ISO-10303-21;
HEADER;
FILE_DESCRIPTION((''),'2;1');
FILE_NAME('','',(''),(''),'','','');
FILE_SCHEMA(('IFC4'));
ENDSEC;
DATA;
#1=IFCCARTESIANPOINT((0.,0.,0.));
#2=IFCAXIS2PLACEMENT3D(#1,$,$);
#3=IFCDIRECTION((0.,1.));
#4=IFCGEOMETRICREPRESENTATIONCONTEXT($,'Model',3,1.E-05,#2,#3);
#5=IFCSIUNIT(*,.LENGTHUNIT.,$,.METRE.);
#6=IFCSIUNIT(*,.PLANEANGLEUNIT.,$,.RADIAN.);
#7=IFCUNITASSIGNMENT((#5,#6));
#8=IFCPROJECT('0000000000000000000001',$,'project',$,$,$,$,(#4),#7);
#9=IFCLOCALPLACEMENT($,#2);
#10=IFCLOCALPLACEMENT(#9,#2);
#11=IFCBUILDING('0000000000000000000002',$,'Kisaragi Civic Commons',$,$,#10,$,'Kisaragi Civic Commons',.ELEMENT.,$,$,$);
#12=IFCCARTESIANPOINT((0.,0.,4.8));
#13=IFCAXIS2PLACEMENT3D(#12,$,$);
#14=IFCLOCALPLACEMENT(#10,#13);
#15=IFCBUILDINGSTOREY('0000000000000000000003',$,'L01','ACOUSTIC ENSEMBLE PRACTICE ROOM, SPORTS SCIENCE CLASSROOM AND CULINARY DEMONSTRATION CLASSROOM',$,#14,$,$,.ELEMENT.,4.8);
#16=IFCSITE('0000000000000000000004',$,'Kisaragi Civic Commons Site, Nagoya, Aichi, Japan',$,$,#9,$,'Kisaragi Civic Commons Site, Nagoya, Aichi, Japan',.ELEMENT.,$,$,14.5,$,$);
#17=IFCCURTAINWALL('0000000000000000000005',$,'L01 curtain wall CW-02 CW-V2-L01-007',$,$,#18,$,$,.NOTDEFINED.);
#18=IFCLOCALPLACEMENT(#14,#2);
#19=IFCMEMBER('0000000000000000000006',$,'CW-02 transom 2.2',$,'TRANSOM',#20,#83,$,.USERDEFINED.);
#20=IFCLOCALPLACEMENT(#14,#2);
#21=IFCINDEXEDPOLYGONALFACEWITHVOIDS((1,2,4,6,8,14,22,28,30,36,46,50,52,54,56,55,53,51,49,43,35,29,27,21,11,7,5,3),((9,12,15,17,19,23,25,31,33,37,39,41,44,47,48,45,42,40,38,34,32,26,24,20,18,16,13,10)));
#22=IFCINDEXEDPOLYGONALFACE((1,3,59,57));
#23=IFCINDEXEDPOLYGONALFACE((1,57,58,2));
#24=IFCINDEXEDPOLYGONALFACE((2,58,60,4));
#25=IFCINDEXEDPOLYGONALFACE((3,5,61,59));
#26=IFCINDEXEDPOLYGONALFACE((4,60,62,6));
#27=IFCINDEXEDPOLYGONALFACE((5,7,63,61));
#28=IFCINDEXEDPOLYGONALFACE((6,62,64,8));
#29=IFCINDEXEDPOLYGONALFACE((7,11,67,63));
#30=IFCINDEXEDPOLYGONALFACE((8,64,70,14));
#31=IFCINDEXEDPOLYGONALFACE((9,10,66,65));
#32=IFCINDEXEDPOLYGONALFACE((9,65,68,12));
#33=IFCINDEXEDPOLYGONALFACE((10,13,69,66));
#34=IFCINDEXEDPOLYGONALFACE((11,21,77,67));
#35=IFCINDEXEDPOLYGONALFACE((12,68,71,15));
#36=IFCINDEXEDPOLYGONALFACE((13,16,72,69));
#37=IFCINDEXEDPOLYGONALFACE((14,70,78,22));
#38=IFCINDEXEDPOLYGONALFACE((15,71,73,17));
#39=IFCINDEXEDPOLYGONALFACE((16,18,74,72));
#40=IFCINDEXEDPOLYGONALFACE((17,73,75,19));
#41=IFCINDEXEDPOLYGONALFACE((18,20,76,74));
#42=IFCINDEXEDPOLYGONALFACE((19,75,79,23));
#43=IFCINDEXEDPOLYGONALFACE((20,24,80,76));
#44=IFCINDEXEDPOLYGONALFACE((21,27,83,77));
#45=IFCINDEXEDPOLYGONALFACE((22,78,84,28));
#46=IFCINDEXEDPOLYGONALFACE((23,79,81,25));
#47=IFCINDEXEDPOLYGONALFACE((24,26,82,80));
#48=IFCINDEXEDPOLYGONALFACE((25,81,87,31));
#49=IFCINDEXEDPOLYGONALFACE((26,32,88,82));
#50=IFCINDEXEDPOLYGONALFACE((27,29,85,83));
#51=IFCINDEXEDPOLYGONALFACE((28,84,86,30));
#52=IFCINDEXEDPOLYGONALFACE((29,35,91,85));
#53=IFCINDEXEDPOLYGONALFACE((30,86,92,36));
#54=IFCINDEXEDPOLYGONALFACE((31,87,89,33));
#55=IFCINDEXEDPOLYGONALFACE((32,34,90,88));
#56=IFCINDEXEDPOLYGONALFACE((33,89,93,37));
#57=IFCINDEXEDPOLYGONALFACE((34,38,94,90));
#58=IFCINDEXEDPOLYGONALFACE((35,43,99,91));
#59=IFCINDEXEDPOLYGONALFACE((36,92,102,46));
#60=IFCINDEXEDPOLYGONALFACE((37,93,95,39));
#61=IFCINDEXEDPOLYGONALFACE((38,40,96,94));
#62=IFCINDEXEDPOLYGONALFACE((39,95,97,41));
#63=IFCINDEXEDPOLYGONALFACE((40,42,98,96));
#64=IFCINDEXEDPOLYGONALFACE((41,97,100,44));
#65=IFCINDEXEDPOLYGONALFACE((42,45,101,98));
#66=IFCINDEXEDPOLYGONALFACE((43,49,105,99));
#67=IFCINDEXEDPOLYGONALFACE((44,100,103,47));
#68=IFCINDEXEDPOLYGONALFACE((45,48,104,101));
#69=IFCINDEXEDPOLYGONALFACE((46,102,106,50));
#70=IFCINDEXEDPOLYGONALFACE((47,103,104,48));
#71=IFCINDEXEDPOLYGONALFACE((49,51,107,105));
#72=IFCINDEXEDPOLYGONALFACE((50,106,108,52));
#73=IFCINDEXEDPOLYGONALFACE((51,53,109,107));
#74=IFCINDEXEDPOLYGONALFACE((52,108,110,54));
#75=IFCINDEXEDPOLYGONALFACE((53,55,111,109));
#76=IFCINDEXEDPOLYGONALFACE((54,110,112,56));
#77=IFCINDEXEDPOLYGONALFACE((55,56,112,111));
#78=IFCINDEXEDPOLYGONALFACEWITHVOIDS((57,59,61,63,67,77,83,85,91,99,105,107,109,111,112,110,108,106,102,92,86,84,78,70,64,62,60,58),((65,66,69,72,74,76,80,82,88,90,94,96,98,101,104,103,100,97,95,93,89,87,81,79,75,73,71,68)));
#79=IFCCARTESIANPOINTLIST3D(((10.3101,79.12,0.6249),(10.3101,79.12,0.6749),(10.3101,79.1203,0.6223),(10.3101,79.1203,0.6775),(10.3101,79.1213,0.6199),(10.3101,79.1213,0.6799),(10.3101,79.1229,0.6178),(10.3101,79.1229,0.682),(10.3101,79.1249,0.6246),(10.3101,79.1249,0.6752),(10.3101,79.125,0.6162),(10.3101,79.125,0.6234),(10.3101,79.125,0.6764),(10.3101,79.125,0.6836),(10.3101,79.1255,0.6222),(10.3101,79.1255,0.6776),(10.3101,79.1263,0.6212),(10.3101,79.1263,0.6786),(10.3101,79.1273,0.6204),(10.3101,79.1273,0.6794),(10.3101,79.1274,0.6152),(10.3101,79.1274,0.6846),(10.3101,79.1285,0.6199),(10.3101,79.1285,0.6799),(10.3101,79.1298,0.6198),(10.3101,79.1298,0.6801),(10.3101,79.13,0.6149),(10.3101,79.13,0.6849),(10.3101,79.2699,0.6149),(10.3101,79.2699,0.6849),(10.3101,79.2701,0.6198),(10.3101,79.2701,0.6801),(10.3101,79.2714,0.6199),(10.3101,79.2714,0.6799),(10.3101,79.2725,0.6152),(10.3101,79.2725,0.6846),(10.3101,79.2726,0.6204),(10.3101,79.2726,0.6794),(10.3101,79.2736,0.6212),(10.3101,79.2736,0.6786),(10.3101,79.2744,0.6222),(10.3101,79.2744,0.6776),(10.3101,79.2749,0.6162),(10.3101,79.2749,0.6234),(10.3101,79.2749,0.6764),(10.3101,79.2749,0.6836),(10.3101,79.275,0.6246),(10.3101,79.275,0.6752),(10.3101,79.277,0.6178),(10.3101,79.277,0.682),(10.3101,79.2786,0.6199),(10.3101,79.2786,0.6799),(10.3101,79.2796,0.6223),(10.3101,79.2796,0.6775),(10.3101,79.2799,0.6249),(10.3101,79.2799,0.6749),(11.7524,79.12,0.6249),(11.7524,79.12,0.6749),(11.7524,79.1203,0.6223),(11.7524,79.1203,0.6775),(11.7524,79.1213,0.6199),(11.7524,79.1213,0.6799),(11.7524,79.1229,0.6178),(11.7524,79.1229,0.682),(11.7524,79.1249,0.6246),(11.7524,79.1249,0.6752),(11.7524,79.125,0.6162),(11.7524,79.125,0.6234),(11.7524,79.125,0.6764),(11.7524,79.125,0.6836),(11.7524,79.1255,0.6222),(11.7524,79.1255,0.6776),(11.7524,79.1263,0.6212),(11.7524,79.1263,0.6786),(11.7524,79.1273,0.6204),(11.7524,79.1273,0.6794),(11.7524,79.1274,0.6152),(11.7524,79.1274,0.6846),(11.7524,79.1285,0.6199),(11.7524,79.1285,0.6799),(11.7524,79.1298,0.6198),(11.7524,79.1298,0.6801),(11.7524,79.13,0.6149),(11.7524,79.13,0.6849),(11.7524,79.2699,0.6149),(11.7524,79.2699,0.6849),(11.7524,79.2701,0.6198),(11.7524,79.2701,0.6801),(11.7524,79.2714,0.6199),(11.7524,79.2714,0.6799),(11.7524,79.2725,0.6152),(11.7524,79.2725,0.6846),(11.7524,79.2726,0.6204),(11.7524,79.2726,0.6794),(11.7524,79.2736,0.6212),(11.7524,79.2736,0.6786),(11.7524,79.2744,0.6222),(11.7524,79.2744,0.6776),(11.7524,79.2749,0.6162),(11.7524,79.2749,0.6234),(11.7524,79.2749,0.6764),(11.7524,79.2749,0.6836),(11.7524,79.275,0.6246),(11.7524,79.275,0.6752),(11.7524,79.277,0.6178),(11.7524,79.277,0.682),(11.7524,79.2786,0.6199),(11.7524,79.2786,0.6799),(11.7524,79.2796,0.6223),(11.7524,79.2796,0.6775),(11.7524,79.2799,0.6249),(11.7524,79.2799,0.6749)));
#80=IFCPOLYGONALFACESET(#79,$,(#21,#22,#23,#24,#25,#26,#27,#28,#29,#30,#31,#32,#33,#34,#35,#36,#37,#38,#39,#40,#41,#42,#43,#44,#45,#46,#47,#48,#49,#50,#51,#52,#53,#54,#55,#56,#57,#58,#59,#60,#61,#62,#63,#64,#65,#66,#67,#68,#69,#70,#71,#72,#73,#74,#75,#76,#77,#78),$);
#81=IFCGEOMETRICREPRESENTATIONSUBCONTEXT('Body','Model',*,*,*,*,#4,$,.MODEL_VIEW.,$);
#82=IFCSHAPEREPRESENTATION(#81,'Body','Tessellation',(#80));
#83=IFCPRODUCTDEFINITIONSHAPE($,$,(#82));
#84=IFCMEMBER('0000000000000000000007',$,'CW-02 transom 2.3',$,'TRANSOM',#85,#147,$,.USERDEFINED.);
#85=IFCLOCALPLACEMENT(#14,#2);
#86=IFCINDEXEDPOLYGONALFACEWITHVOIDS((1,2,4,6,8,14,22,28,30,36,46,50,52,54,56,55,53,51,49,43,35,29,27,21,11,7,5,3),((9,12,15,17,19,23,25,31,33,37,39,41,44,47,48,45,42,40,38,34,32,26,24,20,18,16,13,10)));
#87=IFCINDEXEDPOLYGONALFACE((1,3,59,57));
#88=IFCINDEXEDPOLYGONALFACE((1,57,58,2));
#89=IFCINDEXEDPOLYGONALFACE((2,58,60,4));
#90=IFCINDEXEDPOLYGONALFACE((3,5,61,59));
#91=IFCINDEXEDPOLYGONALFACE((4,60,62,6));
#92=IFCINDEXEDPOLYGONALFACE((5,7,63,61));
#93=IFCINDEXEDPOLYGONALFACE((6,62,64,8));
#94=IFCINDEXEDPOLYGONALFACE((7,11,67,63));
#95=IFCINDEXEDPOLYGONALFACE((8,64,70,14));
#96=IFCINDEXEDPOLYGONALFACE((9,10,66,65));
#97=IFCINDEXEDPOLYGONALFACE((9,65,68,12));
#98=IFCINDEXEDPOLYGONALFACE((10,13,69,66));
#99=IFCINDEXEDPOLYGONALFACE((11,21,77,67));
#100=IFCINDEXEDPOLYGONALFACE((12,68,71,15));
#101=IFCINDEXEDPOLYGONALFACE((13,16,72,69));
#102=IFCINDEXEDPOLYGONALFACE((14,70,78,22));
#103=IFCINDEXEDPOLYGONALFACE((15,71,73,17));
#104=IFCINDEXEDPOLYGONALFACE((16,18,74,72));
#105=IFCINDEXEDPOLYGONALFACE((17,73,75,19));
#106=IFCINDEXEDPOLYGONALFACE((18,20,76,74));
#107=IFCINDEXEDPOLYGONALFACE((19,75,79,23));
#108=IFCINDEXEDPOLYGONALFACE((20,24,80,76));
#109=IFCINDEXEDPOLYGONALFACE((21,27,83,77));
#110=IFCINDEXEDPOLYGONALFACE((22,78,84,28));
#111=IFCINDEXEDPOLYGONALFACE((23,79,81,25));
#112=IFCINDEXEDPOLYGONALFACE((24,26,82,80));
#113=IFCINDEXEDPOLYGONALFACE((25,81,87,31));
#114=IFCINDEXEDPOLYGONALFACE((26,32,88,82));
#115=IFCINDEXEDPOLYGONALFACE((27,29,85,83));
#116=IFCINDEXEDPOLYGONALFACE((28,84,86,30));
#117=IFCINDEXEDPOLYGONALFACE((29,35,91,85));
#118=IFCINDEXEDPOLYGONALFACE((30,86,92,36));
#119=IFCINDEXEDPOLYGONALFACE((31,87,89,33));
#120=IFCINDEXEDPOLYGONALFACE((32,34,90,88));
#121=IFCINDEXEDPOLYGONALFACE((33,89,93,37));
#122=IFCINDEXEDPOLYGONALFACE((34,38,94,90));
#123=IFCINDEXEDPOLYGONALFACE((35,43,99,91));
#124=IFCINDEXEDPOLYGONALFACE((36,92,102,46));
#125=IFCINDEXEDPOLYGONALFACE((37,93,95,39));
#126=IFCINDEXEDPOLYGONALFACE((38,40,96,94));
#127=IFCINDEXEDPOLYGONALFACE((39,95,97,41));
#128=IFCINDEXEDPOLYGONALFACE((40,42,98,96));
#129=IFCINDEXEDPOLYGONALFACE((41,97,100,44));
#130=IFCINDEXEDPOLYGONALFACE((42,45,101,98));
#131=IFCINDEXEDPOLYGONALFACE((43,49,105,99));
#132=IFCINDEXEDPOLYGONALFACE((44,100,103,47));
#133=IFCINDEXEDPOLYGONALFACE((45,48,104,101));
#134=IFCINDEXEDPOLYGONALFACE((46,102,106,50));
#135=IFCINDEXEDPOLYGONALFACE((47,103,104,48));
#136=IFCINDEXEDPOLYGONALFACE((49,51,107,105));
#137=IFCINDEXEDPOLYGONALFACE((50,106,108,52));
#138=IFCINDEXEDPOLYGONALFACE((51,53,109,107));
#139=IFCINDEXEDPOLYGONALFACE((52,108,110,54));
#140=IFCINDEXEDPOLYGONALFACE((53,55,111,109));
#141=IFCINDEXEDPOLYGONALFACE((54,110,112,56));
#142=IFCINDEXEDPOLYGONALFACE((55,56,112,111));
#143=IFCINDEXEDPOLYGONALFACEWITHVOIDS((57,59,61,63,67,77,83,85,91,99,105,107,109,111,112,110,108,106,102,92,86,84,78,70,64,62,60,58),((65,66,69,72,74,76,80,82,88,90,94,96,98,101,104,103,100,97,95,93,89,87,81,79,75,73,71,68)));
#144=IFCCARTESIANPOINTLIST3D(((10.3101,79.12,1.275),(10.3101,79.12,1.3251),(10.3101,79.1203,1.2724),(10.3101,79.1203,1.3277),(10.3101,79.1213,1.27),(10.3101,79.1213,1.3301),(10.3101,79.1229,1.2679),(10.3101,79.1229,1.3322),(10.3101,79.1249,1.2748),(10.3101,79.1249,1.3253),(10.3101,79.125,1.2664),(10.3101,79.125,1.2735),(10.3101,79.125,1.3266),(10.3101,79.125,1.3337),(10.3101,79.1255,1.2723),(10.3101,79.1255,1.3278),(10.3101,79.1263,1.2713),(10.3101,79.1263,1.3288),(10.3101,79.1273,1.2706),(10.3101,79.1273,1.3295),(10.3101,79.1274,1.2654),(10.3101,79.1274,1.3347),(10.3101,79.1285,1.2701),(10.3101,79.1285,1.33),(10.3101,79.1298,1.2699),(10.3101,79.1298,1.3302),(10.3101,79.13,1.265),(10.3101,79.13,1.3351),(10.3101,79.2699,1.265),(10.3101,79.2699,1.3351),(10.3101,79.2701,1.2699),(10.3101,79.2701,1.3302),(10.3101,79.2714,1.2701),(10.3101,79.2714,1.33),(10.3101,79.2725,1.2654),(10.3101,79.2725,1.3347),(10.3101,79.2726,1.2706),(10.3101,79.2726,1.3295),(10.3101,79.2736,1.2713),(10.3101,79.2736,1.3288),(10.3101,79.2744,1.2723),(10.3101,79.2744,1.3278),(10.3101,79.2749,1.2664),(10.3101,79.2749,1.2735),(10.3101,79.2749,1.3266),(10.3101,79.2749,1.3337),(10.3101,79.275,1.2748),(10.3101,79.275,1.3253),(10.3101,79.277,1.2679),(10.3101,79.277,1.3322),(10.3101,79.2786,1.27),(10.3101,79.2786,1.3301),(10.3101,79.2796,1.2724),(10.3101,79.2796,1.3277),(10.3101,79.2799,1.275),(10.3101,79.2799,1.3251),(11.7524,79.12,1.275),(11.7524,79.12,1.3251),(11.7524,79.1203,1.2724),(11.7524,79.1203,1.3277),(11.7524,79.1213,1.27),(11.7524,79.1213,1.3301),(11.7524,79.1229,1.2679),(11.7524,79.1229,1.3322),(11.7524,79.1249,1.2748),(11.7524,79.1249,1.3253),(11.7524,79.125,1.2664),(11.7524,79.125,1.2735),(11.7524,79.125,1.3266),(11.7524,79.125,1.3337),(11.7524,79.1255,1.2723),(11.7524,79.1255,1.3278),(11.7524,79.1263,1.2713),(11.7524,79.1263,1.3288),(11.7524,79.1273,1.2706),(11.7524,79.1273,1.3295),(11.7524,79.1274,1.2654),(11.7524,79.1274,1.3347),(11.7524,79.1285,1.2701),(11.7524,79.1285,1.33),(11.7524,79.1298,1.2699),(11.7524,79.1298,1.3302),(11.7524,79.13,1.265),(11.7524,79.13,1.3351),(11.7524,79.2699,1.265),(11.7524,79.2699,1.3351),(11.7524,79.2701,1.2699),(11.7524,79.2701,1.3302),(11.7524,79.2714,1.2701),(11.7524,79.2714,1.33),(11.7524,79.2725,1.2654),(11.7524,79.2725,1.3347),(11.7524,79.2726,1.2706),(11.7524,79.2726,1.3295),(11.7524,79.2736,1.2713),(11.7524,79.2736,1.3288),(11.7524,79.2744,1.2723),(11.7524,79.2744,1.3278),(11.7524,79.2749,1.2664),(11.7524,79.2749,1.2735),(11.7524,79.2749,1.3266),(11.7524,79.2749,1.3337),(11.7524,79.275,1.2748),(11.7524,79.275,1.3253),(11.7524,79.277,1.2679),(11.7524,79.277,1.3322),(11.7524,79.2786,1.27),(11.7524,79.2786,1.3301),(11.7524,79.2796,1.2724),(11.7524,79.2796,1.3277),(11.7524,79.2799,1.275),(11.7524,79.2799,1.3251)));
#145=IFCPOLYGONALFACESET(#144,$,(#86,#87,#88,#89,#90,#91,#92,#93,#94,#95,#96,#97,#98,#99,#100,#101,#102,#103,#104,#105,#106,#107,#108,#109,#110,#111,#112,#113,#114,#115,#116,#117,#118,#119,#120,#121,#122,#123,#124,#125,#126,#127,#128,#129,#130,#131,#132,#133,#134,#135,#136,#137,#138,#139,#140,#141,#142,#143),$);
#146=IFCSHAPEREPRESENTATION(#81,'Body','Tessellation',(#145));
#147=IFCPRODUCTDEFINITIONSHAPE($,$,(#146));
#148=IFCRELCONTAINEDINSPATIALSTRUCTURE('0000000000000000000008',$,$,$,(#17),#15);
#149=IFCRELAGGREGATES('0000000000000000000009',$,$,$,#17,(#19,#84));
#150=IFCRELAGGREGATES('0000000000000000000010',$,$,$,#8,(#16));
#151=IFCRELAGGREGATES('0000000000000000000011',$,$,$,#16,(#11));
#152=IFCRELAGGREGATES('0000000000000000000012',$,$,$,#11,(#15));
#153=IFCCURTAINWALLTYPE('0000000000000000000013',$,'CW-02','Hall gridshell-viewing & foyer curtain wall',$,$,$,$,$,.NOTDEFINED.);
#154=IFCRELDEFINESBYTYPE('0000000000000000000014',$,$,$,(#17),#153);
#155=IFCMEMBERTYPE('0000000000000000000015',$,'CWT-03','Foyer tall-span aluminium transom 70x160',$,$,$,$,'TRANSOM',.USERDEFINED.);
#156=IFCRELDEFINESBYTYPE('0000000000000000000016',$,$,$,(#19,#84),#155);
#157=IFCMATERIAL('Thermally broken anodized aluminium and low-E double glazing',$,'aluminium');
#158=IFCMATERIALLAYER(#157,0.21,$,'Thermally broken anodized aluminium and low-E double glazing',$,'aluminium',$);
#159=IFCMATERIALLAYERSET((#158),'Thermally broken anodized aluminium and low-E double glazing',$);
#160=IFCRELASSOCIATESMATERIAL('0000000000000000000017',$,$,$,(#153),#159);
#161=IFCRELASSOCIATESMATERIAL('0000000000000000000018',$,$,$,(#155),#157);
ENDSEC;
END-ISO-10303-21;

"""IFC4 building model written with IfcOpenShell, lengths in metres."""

from ifc_helpers import new_model, si_unit, direction, frame, origin, origin_2d, place, context, subcontext, project, spatial, hollow_rectangle, extrude, material, layer, layer_set, material_profile, profile_set, type_object, element, aggregate, save


model = new_model("IFC4")

# Units and contexts
model_context = context("Model", 3, precision=1e-05, world=origin(), true_north=direction((0.0, 1.0)))
body_context = subcontext(model_context, "Body", "Model", "MODEL_VIEW")
ifc_project = project(units=[si_unit("LENGTHUNIT", "METRE"), si_unit("PLANEANGLEUNIT", "RADIAN")], contexts=[model_context])

# Site, building, storey
site_placement = place(None, origin())
site = spatial("IfcSite", under=ifc_project, at=site_placement, Name="Kisaragi Civic Commons Site, Nagoya, Aichi, Japan", LongName="Kisaragi Civic Commons Site, Nagoya, Aichi, Japan", CompositionType="ELEMENT", RefElevation=14.5)
building_placement = place(site_placement, origin())
building = spatial("IfcBuilding", under=site, at=building_placement, Name="Kisaragi Civic Commons", LongName="Kisaragi Civic Commons", CompositionType="ELEMENT")
storey_placement = place(building_placement, frame((0.0, 0.0, 4.8)))
storey = spatial("IfcBuildingStorey", under=building, at=storey_placement, Name="L01", Description="ACOUSTIC ENSEMBLE PRACTICE ROOM, SPORTS SCIENCE CLASSROOM AND CULINARY DEMONSTRATION CLASSROOM", CompositionType="ELEMENT", Elevation=4.8)

# Curtain wall, members
ifc_material_1 = material(Name="Thermally broken anodized aluminium and low-E double glazing", Category="aluminium")
ifc_layer_1 = layer(ifc_material_1, 0.21, Name="Thermally broken anodized aluminium and low-E double glazing", Category="aluminium")
ifc_layer_set_1 = layer_set([ifc_layer_1], Name="Thermally broken anodized aluminium and low-E double glazing")
curtain_wall_type = type_object("IfcCurtainWallType", Name="CW-02", Description="Hall gridshell-viewing & foyer curtain wall", PredefinedType="NOTDEFINED", material=ifc_layer_set_1)
curtain_wall_placement = place(storey_placement, origin())
curtain_wall = element("IfcCurtainWall", 1, at=curtain_wall_placement, inside=storey, type_object=curtain_wall_type, Name="L01 curtain wall CW-02 CW-V2-L01-007", PredefinedType="NOTDEFINED")
ifc_material_profile_1 = material_profile(ifc_material_1, hollow_rectangle(XDim=0.1599, YDim=0.0701, WallThickness=0.0049, InnerFilletRadius=0.0049, OuterFilletRadius=0.01, at=origin_2d()), Name="CWT-70x160x5", Category="aluminium")
ifc_profile_set_1 = profile_set([ifc_material_profile_1], Name="Thermally broken anodized aluminium and low-E double glazing")
member_type_1 = type_object("IfcMemberType", Name="CWT-03", Description="Foyer tall-span aluminium transom 70x160", ElementType="TRANSOM", PredefinedType="USERDEFINED", material=ifc_profile_set_1)
member_1_placement = place(storey_placement, frame((11.7524, 79.2, 0.6499), z_axis=(-1.0, 0.0, 0.0), x_axis=(0.0, -1.0, 0.0)))
member_1 = element("IfcMember", 2, at=member_1_placement, type_object=member_type_1, Name="CW-02 transom 2.2", ObjectType="TRANSOM", PredefinedType="USERDEFINED", context=body_context, shape_type="SweptSolid", body=[
    extrude(hollow_rectangle(XDim=0.1599, YDim=0.0701, WallThickness=0.0049, InnerFilletRadius=0.0049, OuterFilletRadius=0.01, at=origin_2d()), origin(), (0.0, 0.0, 1.0), 1.4424),
])
member_2_placement = place(storey_placement, frame((11.7524, 79.2, 1.3), z_axis=(-1.0, 0.0, 0.0), x_axis=(0.0, -1.0, 0.0)))
member_2 = element("IfcMember", 3, at=member_2_placement, type_object=member_type_1, Name="CW-02 transom 2.3", ObjectType="TRANSOM", PredefinedType="USERDEFINED", context=body_context, shape_type="SweptSolid", body=[
    extrude(hollow_rectangle(XDim=0.1599, YDim=0.0701, WallThickness=0.0049, InnerFilletRadius=0.0049, OuterFilletRadius=0.01, at=origin_2d()), origin(), (0.0, 0.0, 1.0), 1.4424),
])

aggregate(curtain_wall, [member_1, member_2])

save(model, "model.ifc")
